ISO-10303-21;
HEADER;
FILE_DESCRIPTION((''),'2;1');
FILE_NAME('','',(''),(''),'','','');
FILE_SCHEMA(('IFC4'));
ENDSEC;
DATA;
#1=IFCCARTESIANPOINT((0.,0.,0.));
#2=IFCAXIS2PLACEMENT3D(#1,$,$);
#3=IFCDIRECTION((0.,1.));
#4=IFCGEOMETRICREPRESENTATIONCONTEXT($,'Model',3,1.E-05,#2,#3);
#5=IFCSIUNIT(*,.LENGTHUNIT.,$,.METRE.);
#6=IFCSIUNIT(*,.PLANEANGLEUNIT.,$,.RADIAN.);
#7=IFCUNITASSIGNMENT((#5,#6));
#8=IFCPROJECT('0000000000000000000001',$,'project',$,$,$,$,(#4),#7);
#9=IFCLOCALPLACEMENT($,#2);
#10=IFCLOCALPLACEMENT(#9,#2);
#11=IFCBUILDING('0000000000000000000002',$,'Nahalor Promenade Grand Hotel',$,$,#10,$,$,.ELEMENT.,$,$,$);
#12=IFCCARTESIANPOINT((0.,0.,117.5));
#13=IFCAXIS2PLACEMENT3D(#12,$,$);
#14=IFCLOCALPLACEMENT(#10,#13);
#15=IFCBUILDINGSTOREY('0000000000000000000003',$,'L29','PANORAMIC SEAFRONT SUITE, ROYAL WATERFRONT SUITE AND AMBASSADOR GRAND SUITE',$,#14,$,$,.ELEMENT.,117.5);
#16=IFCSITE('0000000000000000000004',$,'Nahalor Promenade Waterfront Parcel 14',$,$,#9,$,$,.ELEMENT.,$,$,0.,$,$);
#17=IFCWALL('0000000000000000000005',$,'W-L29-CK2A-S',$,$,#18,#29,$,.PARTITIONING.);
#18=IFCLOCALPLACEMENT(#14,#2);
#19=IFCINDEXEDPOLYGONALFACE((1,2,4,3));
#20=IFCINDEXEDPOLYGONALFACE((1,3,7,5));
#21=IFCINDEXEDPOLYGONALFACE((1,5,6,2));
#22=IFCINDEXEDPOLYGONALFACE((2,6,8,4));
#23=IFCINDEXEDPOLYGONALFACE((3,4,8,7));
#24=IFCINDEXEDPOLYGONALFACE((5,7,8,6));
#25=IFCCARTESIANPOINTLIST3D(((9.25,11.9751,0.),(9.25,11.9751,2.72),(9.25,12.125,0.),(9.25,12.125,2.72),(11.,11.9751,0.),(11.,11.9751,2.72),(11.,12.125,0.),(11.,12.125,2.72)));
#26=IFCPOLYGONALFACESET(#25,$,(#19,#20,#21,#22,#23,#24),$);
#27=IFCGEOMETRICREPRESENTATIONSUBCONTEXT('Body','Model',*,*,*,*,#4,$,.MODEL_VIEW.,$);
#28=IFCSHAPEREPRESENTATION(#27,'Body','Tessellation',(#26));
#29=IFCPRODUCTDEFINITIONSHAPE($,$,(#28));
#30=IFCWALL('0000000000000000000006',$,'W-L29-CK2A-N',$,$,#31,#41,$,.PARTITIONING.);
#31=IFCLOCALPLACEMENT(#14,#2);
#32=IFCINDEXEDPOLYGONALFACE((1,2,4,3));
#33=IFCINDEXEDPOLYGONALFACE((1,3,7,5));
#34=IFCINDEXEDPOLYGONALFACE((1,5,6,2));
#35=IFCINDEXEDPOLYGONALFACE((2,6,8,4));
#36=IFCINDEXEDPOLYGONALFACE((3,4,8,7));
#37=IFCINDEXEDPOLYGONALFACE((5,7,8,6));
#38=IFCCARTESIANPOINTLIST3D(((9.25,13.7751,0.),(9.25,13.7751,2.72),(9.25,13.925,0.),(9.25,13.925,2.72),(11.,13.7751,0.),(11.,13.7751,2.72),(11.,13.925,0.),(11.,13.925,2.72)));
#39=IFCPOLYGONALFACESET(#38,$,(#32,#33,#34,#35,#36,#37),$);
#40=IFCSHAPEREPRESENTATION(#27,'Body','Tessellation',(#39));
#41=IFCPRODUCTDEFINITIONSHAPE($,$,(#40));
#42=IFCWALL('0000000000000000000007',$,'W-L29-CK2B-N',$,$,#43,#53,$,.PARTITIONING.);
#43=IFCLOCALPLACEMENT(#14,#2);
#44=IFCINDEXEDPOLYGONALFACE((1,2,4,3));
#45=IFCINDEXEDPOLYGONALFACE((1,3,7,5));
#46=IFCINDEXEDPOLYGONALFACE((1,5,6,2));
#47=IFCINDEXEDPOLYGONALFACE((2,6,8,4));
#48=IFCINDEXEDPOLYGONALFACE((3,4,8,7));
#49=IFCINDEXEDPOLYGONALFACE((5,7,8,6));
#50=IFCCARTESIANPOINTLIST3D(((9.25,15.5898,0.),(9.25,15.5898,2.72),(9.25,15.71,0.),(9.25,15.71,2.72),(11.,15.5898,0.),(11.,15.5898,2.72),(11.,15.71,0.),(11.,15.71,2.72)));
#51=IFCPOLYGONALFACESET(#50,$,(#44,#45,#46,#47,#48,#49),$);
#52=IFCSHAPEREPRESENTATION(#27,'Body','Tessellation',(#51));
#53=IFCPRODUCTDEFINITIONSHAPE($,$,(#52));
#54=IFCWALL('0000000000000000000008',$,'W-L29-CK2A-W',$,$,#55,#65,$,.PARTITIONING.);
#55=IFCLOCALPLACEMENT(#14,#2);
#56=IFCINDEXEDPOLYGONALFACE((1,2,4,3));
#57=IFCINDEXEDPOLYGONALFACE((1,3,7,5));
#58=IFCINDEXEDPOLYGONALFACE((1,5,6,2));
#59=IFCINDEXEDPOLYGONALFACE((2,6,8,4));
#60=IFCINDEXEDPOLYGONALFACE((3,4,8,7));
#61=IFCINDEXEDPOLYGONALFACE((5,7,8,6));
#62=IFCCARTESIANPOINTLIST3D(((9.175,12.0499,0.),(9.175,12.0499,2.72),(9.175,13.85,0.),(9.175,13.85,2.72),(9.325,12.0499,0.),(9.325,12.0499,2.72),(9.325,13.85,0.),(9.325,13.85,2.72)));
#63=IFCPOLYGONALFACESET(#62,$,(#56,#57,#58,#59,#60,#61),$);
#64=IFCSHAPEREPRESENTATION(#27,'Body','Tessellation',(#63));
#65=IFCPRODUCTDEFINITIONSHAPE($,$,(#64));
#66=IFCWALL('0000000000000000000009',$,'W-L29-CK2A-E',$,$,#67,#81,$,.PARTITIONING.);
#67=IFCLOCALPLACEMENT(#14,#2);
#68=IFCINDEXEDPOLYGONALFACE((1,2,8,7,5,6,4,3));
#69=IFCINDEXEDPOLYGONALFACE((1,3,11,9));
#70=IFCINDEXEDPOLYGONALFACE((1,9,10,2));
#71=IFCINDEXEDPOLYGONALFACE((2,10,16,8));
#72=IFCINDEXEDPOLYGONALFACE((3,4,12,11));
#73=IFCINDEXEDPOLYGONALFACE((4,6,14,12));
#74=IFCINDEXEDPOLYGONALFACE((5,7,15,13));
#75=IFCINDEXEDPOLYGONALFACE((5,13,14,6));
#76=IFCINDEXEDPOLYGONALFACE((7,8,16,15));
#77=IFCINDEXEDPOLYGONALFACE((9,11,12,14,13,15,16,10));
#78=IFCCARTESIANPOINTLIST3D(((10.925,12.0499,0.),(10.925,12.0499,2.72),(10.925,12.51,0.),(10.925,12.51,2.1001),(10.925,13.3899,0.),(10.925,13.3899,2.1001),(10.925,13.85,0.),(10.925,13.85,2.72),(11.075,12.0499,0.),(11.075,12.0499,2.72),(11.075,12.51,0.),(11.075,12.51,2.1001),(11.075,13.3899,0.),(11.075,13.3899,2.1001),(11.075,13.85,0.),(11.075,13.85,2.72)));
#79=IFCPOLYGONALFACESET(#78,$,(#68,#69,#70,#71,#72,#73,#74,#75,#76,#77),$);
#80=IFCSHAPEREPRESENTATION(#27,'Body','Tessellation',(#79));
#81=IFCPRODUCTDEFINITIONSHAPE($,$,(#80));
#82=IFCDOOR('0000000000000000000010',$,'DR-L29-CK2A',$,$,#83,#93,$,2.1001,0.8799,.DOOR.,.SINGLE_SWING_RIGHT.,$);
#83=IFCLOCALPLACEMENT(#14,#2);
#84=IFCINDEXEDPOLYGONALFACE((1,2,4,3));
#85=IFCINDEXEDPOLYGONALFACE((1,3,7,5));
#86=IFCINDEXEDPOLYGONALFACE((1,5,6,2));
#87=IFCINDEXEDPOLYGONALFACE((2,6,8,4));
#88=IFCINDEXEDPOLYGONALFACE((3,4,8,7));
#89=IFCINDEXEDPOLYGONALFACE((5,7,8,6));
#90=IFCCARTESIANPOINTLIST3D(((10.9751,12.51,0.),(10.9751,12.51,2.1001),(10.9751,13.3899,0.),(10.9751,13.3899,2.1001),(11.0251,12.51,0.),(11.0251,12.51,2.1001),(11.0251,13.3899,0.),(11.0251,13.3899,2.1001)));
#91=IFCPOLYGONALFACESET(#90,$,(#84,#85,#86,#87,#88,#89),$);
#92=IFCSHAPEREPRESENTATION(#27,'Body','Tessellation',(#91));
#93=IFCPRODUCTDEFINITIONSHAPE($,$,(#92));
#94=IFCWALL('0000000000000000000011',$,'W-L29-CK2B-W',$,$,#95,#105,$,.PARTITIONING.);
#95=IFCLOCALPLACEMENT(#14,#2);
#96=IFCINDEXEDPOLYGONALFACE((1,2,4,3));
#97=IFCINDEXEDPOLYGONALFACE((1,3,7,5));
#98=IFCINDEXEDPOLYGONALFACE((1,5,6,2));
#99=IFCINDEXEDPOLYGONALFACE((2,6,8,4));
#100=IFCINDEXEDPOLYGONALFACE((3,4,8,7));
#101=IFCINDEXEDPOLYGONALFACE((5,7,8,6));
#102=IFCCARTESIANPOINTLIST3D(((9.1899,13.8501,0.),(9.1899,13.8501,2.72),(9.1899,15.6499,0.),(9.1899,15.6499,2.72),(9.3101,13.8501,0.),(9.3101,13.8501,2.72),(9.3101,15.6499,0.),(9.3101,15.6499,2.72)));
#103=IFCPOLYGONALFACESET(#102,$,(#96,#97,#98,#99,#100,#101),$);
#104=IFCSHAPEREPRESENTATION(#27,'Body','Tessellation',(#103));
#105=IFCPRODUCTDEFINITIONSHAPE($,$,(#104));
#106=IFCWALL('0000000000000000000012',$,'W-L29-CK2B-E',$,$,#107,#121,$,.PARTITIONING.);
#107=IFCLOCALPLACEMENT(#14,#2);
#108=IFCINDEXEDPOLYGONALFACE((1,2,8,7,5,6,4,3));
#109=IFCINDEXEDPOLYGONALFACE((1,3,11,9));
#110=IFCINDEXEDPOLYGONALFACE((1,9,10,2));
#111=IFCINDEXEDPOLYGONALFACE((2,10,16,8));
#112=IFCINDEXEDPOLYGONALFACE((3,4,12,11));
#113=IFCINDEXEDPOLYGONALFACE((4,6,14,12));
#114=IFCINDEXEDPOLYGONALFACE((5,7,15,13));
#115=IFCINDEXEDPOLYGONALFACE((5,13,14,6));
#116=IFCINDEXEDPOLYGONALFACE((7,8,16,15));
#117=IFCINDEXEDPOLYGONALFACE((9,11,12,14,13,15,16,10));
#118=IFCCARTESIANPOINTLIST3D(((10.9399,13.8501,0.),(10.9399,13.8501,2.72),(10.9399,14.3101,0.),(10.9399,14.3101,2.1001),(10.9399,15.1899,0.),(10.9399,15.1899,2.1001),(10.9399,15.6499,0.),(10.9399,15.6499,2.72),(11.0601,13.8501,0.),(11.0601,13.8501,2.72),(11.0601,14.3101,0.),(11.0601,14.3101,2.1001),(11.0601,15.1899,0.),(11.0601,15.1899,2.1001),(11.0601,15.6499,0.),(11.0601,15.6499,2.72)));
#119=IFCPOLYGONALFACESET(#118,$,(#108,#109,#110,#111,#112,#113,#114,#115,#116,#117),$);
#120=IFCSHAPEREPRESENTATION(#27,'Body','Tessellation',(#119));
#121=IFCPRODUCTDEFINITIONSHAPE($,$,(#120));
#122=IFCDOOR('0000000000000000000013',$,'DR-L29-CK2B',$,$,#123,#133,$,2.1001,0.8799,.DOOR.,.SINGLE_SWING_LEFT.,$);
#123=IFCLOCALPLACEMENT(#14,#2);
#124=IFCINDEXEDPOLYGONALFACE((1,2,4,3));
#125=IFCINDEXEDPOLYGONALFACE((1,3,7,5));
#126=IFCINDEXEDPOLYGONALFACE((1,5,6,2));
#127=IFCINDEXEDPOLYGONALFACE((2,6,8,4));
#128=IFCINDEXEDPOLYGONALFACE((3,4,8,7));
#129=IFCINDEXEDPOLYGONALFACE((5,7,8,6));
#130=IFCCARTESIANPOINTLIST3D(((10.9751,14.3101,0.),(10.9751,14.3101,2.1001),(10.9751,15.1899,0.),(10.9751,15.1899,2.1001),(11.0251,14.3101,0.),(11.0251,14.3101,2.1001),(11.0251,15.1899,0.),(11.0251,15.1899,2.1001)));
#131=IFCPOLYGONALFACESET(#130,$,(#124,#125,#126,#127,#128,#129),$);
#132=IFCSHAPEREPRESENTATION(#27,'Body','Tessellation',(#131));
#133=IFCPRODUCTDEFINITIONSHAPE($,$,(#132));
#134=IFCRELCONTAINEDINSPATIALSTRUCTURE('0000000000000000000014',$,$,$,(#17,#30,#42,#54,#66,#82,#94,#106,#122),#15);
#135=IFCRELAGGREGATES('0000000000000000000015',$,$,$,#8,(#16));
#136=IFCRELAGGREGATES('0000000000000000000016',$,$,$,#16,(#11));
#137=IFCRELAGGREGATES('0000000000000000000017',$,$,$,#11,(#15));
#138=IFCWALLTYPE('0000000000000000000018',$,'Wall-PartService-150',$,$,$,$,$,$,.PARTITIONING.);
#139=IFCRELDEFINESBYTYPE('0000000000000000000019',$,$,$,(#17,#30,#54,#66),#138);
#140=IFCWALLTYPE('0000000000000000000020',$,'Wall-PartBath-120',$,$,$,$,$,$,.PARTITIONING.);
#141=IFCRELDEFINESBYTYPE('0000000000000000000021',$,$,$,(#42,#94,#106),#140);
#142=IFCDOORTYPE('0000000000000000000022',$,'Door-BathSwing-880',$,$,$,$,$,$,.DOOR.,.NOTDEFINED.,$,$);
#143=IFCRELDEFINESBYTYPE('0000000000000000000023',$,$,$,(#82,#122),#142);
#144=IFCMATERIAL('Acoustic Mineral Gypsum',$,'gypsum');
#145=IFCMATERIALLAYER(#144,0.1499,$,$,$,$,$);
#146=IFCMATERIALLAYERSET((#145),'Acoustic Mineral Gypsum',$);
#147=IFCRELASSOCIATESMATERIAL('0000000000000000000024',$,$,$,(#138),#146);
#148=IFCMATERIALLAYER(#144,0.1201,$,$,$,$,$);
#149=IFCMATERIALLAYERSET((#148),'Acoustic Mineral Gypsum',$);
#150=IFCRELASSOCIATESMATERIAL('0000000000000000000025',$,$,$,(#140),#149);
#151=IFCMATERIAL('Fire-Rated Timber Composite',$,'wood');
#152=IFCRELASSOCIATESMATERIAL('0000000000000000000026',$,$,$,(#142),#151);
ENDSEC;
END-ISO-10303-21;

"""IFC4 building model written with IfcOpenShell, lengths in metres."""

from ifc_helpers import new_model, si_unit, direction, frame, frame_2d, origin, place, context, subcontext, project, spatial, rectangle, extrude, source, transform, mapped, material, layer, layer_set, type_object, element, fill, save


model = new_model("IFC4")

# Units and contexts
model_context = context("Model", 3, precision=1e-05, world=origin(), true_north=direction((0.0, 1.0)))
body_context = subcontext(model_context, "Body", "Model", "MODEL_VIEW")
ifc_project = project(units=[si_unit("LENGTHUNIT", "METRE"), si_unit("PLANEANGLEUNIT", "RADIAN")], contexts=[model_context])

# Site, building, storey
site_placement = place(None, origin())
site = spatial("IfcSite", under=ifc_project, at=site_placement, Name="Nahalor Promenade Waterfront Parcel 14", CompositionType="ELEMENT", RefElevation=0.0)
building_placement = place(site_placement, origin())
building = spatial("IfcBuilding", under=site, at=building_placement, Name="Nahalor Promenade Grand Hotel", CompositionType="ELEMENT")
storey_placement = place(building_placement, frame((0.0, 0.0, 117.5)))
storey = spatial("IfcBuildingStorey", under=building, at=storey_placement, Name="L29", Description="PANORAMIC SEAFRONT SUITE, ROYAL WATERFRONT SUITE AND AMBASSADOR GRAND SUITE", CompositionType="ELEMENT", Elevation=117.5)

# Walls
ifc_material_1 = material(Name="Acoustic Mineral Gypsum", Category="gypsum")
ifc_layer_1 = layer(ifc_material_1, 0.1499)
ifc_layer_set_1 = layer_set([ifc_layer_1], Name="Acoustic Mineral Gypsum")
wall_type_1 = type_object("IfcWallType", Name="Wall-PartService-150", PredefinedType="PARTITIONING", material=ifc_layer_set_1)
shared_shape_1 = source(origin(), body_context, "Body", "SweptSolid", [
    extrude(rectangle(XDim=1.75, YDim=0.1499, at=frame_2d((0.875, 0.0))), origin(), (0.0, 0.0, 1.0), 2.72),
])
for number, where, z_axis, x_axis, name in (
    (1, (9.25, 12.05, 0.0), (0.0, 0.0, 1.0), (1.0, 0.0, 0.0), "W-L29-CK2A-S"),
    (2, (9.25, 13.8501, 0.0), (0.0, 0.0, 1.0), (1.0, 0.0, 0.0), "W-L29-CK2A-N"),
):
    element("IfcWall", number, at=place(storey_placement, frame(where, z_axis=z_axis, x_axis=x_axis)), inside=storey, type_object=wall_type_1, Name=name, PredefinedType="PARTITIONING", context=body_context, shape_type="MappedRepresentation", body=[
        mapped(shared_shape_1, transform((0.0, 0.0, 0.0), scale=1.0)),
    ])
ifc_layer_2 = layer(ifc_material_1, 0.1201)
ifc_layer_set_2 = layer_set([ifc_layer_2], Name="Acoustic Mineral Gypsum")
wall_type_2 = type_object("IfcWallType", Name="Wall-PartBath-120", PredefinedType="PARTITIONING", material=ifc_layer_set_2)
shared_shape_2 = source(origin(), body_context, "Body", "SweptSolid", [
    extrude(rectangle(XDim=1.75, YDim=0.1201, at=frame_2d((0.875, 0.0))), origin(), (0.0, 0.0, 1.0), 2.72),
])
wall_1_placement = place(storey_placement, frame((9.25, 15.6499, 0.0), z_axis=(0.0, 0.0, 1.0), x_axis=(1.0, 0.0, 0.0)))
element("IfcWall", 3, at=wall_1_placement, inside=storey, type_object=wall_type_2, Name="W-L29-CK2B-N", PredefinedType="PARTITIONING", context=body_context, shape_type="MappedRepresentation", body=[
    mapped(shared_shape_2, transform((0.0, 0.0, 0.0), scale=1.0)),
])
shared_shape_3 = source(origin(), body_context, "Body", "SweptSolid", [
    extrude(rectangle(XDim=1.8, YDim=0.1499, at=frame_2d((0.8999, 0.0))), origin(), (0.0, 0.0, 1.0), 2.72),
])
wall_2_placement = place(storey_placement, frame((9.25, 12.05, 0.0), z_axis=(0.0, 0.0, 1.0), x_axis=(0.0, 1.0, 0.0)))
element("IfcWall", 4, at=wall_2_placement, inside=storey, type_object=wall_type_1, Name="W-L29-CK2A-W", PredefinedType="PARTITIONING", context=body_context, shape_type="MappedRepresentation", body=[
    mapped(shared_shape_3, transform((0.0, 0.0, 0.0), scale=1.0)),
])

# Wall, opening, door
wall_3_placement = place(storey_placement, frame((11.0, 12.05, 0.0), z_axis=(0.0, 0.0, 1.0), x_axis=(0.0, 1.0, 0.0)))
wall_3 = element("IfcWall", 5, at=wall_3_placement, inside=storey, type_object=wall_type_1, Name="W-L29-CK2A-E", PredefinedType="PARTITIONING", context=body_context, shape_type="MappedRepresentation", body=[
    mapped(shared_shape_3, transform((0.0, 0.0, 0.0), scale=1.0)),
])
opening_1_placement = place(wall_3_placement, frame((0.46, 0.0, 0.0)))
opening_1 = element("IfcOpeningElement", 6, at=opening_1_placement, cuts=wall_3, PredefinedType="OPENING", context=body_context, shape_type="SweptSolid", body=[
    extrude(rectangle(XDim=0.8799, YDim=2.1001, at=frame_2d((0.4399, 1.05))), frame((0.0, 0.085, 0.0), z_axis=(0.0, -1.0, 0.0), x_axis=(1.0, 0.0, 0.0)), (0.0, 0.0, 1.0), 0.1699),
])
ifc_material_2 = material(Name="Fire-Rated Timber Composite", Category="wood")
door_type_1 = type_object("IfcDoorType", Name="Door-BathSwing-880", OperationType="NOTDEFINED", PredefinedType="DOOR", material=ifc_material_2)
shared_shape_4 = source(origin(), body_context, "Body", "SweptSolid", [
    extrude(rectangle(XDim=0.8799, YDim=2.1001, at=frame_2d((0.4399, 1.05))), frame((0.0, 0.0249, 0.0), z_axis=(0.0, -1.0, 0.0), x_axis=(1.0, 0.0, 0.0)), (0.0, 0.0, 1.0), 0.05),
])
door_1_placement = place(opening_1_placement, origin())
door_1 = element("IfcDoor", 7, at=door_1_placement, inside=storey, type_object=door_type_1, Name="DR-L29-CK2A", OperationType="SINGLE_SWING_RIGHT", OverallHeight=2.1001, OverallWidth=0.8799, PredefinedType="DOOR", context=body_context, shape_type="MappedRepresentation", body=[
    mapped(shared_shape_4, transform((0.0, 0.0, 0.0), scale=1.0)),
])
fill(opening_1, door_1)

# Wall
shared_shape_5 = source(origin(), body_context, "Body", "SweptSolid", [
    extrude(rectangle(XDim=1.7998, YDim=0.1201, at=frame_2d((0.8999, 0.0))), origin(), (0.0, 0.0, 1.0), 2.72),
])
wall_4_placement = place(storey_placement, frame((9.25, 13.8501, 0.0), z_axis=(0.0, 0.0, 1.0), x_axis=(0.0, 1.0, 0.0)))
element("IfcWall", 8, at=wall_4_placement, inside=storey, type_object=wall_type_2, Name="W-L29-CK2B-W", PredefinedType="PARTITIONING", context=body_context, shape_type="MappedRepresentation", body=[
    mapped(shared_shape_5, transform((0.0, 0.0, 0.0), scale=1.0)),
])

# Wall, opening, door
wall_5_placement = place(storey_placement, frame((11.0, 13.8501, 0.0), z_axis=(0.0, 0.0, 1.0), x_axis=(0.0, 1.0, 0.0)))
wall_5 = element("IfcWall", 9, at=wall_5_placement, inside=storey, type_object=wall_type_2, Name="W-L29-CK2B-E", PredefinedType="PARTITIONING", context=body_context, shape_type="MappedRepresentation", body=[
    mapped(shared_shape_5, transform((0.0, 0.0, 0.0), scale=1.0)),
])
opening_2_placement = place(wall_5_placement, frame((0.46, 0.0, 0.0)))
opening_2 = element("IfcOpeningElement", 10, at=opening_2_placement, cuts=wall_5, PredefinedType="OPENING", context=body_context, shape_type="SweptSolid", body=[
    extrude(rectangle(XDim=0.8799, YDim=2.1001, at=frame_2d((0.4399, 1.05))), frame((0.0, 0.0701, 0.0), z_axis=(0.0, -1.0, 0.0), x_axis=(1.0, 0.0, 0.0)), (0.0, 0.0, 1.0), 0.1401),
])
door_2_placement = place(opening_2_placement, origin())
door_2 = element("IfcDoor", 11, at=door_2_placement, inside=storey, type_object=door_type_1, Name="DR-L29-CK2B", OperationType="SINGLE_SWING_LEFT", OverallHeight=2.1001, OverallWidth=0.8799, PredefinedType="DOOR", context=body_context, shape_type="MappedRepresentation", body=[
    mapped(shared_shape_4, transform((0.0, 0.0, 0.0), scale=1.0)),
])
fill(opening_2, door_2)

save(model, "model.ifc")
